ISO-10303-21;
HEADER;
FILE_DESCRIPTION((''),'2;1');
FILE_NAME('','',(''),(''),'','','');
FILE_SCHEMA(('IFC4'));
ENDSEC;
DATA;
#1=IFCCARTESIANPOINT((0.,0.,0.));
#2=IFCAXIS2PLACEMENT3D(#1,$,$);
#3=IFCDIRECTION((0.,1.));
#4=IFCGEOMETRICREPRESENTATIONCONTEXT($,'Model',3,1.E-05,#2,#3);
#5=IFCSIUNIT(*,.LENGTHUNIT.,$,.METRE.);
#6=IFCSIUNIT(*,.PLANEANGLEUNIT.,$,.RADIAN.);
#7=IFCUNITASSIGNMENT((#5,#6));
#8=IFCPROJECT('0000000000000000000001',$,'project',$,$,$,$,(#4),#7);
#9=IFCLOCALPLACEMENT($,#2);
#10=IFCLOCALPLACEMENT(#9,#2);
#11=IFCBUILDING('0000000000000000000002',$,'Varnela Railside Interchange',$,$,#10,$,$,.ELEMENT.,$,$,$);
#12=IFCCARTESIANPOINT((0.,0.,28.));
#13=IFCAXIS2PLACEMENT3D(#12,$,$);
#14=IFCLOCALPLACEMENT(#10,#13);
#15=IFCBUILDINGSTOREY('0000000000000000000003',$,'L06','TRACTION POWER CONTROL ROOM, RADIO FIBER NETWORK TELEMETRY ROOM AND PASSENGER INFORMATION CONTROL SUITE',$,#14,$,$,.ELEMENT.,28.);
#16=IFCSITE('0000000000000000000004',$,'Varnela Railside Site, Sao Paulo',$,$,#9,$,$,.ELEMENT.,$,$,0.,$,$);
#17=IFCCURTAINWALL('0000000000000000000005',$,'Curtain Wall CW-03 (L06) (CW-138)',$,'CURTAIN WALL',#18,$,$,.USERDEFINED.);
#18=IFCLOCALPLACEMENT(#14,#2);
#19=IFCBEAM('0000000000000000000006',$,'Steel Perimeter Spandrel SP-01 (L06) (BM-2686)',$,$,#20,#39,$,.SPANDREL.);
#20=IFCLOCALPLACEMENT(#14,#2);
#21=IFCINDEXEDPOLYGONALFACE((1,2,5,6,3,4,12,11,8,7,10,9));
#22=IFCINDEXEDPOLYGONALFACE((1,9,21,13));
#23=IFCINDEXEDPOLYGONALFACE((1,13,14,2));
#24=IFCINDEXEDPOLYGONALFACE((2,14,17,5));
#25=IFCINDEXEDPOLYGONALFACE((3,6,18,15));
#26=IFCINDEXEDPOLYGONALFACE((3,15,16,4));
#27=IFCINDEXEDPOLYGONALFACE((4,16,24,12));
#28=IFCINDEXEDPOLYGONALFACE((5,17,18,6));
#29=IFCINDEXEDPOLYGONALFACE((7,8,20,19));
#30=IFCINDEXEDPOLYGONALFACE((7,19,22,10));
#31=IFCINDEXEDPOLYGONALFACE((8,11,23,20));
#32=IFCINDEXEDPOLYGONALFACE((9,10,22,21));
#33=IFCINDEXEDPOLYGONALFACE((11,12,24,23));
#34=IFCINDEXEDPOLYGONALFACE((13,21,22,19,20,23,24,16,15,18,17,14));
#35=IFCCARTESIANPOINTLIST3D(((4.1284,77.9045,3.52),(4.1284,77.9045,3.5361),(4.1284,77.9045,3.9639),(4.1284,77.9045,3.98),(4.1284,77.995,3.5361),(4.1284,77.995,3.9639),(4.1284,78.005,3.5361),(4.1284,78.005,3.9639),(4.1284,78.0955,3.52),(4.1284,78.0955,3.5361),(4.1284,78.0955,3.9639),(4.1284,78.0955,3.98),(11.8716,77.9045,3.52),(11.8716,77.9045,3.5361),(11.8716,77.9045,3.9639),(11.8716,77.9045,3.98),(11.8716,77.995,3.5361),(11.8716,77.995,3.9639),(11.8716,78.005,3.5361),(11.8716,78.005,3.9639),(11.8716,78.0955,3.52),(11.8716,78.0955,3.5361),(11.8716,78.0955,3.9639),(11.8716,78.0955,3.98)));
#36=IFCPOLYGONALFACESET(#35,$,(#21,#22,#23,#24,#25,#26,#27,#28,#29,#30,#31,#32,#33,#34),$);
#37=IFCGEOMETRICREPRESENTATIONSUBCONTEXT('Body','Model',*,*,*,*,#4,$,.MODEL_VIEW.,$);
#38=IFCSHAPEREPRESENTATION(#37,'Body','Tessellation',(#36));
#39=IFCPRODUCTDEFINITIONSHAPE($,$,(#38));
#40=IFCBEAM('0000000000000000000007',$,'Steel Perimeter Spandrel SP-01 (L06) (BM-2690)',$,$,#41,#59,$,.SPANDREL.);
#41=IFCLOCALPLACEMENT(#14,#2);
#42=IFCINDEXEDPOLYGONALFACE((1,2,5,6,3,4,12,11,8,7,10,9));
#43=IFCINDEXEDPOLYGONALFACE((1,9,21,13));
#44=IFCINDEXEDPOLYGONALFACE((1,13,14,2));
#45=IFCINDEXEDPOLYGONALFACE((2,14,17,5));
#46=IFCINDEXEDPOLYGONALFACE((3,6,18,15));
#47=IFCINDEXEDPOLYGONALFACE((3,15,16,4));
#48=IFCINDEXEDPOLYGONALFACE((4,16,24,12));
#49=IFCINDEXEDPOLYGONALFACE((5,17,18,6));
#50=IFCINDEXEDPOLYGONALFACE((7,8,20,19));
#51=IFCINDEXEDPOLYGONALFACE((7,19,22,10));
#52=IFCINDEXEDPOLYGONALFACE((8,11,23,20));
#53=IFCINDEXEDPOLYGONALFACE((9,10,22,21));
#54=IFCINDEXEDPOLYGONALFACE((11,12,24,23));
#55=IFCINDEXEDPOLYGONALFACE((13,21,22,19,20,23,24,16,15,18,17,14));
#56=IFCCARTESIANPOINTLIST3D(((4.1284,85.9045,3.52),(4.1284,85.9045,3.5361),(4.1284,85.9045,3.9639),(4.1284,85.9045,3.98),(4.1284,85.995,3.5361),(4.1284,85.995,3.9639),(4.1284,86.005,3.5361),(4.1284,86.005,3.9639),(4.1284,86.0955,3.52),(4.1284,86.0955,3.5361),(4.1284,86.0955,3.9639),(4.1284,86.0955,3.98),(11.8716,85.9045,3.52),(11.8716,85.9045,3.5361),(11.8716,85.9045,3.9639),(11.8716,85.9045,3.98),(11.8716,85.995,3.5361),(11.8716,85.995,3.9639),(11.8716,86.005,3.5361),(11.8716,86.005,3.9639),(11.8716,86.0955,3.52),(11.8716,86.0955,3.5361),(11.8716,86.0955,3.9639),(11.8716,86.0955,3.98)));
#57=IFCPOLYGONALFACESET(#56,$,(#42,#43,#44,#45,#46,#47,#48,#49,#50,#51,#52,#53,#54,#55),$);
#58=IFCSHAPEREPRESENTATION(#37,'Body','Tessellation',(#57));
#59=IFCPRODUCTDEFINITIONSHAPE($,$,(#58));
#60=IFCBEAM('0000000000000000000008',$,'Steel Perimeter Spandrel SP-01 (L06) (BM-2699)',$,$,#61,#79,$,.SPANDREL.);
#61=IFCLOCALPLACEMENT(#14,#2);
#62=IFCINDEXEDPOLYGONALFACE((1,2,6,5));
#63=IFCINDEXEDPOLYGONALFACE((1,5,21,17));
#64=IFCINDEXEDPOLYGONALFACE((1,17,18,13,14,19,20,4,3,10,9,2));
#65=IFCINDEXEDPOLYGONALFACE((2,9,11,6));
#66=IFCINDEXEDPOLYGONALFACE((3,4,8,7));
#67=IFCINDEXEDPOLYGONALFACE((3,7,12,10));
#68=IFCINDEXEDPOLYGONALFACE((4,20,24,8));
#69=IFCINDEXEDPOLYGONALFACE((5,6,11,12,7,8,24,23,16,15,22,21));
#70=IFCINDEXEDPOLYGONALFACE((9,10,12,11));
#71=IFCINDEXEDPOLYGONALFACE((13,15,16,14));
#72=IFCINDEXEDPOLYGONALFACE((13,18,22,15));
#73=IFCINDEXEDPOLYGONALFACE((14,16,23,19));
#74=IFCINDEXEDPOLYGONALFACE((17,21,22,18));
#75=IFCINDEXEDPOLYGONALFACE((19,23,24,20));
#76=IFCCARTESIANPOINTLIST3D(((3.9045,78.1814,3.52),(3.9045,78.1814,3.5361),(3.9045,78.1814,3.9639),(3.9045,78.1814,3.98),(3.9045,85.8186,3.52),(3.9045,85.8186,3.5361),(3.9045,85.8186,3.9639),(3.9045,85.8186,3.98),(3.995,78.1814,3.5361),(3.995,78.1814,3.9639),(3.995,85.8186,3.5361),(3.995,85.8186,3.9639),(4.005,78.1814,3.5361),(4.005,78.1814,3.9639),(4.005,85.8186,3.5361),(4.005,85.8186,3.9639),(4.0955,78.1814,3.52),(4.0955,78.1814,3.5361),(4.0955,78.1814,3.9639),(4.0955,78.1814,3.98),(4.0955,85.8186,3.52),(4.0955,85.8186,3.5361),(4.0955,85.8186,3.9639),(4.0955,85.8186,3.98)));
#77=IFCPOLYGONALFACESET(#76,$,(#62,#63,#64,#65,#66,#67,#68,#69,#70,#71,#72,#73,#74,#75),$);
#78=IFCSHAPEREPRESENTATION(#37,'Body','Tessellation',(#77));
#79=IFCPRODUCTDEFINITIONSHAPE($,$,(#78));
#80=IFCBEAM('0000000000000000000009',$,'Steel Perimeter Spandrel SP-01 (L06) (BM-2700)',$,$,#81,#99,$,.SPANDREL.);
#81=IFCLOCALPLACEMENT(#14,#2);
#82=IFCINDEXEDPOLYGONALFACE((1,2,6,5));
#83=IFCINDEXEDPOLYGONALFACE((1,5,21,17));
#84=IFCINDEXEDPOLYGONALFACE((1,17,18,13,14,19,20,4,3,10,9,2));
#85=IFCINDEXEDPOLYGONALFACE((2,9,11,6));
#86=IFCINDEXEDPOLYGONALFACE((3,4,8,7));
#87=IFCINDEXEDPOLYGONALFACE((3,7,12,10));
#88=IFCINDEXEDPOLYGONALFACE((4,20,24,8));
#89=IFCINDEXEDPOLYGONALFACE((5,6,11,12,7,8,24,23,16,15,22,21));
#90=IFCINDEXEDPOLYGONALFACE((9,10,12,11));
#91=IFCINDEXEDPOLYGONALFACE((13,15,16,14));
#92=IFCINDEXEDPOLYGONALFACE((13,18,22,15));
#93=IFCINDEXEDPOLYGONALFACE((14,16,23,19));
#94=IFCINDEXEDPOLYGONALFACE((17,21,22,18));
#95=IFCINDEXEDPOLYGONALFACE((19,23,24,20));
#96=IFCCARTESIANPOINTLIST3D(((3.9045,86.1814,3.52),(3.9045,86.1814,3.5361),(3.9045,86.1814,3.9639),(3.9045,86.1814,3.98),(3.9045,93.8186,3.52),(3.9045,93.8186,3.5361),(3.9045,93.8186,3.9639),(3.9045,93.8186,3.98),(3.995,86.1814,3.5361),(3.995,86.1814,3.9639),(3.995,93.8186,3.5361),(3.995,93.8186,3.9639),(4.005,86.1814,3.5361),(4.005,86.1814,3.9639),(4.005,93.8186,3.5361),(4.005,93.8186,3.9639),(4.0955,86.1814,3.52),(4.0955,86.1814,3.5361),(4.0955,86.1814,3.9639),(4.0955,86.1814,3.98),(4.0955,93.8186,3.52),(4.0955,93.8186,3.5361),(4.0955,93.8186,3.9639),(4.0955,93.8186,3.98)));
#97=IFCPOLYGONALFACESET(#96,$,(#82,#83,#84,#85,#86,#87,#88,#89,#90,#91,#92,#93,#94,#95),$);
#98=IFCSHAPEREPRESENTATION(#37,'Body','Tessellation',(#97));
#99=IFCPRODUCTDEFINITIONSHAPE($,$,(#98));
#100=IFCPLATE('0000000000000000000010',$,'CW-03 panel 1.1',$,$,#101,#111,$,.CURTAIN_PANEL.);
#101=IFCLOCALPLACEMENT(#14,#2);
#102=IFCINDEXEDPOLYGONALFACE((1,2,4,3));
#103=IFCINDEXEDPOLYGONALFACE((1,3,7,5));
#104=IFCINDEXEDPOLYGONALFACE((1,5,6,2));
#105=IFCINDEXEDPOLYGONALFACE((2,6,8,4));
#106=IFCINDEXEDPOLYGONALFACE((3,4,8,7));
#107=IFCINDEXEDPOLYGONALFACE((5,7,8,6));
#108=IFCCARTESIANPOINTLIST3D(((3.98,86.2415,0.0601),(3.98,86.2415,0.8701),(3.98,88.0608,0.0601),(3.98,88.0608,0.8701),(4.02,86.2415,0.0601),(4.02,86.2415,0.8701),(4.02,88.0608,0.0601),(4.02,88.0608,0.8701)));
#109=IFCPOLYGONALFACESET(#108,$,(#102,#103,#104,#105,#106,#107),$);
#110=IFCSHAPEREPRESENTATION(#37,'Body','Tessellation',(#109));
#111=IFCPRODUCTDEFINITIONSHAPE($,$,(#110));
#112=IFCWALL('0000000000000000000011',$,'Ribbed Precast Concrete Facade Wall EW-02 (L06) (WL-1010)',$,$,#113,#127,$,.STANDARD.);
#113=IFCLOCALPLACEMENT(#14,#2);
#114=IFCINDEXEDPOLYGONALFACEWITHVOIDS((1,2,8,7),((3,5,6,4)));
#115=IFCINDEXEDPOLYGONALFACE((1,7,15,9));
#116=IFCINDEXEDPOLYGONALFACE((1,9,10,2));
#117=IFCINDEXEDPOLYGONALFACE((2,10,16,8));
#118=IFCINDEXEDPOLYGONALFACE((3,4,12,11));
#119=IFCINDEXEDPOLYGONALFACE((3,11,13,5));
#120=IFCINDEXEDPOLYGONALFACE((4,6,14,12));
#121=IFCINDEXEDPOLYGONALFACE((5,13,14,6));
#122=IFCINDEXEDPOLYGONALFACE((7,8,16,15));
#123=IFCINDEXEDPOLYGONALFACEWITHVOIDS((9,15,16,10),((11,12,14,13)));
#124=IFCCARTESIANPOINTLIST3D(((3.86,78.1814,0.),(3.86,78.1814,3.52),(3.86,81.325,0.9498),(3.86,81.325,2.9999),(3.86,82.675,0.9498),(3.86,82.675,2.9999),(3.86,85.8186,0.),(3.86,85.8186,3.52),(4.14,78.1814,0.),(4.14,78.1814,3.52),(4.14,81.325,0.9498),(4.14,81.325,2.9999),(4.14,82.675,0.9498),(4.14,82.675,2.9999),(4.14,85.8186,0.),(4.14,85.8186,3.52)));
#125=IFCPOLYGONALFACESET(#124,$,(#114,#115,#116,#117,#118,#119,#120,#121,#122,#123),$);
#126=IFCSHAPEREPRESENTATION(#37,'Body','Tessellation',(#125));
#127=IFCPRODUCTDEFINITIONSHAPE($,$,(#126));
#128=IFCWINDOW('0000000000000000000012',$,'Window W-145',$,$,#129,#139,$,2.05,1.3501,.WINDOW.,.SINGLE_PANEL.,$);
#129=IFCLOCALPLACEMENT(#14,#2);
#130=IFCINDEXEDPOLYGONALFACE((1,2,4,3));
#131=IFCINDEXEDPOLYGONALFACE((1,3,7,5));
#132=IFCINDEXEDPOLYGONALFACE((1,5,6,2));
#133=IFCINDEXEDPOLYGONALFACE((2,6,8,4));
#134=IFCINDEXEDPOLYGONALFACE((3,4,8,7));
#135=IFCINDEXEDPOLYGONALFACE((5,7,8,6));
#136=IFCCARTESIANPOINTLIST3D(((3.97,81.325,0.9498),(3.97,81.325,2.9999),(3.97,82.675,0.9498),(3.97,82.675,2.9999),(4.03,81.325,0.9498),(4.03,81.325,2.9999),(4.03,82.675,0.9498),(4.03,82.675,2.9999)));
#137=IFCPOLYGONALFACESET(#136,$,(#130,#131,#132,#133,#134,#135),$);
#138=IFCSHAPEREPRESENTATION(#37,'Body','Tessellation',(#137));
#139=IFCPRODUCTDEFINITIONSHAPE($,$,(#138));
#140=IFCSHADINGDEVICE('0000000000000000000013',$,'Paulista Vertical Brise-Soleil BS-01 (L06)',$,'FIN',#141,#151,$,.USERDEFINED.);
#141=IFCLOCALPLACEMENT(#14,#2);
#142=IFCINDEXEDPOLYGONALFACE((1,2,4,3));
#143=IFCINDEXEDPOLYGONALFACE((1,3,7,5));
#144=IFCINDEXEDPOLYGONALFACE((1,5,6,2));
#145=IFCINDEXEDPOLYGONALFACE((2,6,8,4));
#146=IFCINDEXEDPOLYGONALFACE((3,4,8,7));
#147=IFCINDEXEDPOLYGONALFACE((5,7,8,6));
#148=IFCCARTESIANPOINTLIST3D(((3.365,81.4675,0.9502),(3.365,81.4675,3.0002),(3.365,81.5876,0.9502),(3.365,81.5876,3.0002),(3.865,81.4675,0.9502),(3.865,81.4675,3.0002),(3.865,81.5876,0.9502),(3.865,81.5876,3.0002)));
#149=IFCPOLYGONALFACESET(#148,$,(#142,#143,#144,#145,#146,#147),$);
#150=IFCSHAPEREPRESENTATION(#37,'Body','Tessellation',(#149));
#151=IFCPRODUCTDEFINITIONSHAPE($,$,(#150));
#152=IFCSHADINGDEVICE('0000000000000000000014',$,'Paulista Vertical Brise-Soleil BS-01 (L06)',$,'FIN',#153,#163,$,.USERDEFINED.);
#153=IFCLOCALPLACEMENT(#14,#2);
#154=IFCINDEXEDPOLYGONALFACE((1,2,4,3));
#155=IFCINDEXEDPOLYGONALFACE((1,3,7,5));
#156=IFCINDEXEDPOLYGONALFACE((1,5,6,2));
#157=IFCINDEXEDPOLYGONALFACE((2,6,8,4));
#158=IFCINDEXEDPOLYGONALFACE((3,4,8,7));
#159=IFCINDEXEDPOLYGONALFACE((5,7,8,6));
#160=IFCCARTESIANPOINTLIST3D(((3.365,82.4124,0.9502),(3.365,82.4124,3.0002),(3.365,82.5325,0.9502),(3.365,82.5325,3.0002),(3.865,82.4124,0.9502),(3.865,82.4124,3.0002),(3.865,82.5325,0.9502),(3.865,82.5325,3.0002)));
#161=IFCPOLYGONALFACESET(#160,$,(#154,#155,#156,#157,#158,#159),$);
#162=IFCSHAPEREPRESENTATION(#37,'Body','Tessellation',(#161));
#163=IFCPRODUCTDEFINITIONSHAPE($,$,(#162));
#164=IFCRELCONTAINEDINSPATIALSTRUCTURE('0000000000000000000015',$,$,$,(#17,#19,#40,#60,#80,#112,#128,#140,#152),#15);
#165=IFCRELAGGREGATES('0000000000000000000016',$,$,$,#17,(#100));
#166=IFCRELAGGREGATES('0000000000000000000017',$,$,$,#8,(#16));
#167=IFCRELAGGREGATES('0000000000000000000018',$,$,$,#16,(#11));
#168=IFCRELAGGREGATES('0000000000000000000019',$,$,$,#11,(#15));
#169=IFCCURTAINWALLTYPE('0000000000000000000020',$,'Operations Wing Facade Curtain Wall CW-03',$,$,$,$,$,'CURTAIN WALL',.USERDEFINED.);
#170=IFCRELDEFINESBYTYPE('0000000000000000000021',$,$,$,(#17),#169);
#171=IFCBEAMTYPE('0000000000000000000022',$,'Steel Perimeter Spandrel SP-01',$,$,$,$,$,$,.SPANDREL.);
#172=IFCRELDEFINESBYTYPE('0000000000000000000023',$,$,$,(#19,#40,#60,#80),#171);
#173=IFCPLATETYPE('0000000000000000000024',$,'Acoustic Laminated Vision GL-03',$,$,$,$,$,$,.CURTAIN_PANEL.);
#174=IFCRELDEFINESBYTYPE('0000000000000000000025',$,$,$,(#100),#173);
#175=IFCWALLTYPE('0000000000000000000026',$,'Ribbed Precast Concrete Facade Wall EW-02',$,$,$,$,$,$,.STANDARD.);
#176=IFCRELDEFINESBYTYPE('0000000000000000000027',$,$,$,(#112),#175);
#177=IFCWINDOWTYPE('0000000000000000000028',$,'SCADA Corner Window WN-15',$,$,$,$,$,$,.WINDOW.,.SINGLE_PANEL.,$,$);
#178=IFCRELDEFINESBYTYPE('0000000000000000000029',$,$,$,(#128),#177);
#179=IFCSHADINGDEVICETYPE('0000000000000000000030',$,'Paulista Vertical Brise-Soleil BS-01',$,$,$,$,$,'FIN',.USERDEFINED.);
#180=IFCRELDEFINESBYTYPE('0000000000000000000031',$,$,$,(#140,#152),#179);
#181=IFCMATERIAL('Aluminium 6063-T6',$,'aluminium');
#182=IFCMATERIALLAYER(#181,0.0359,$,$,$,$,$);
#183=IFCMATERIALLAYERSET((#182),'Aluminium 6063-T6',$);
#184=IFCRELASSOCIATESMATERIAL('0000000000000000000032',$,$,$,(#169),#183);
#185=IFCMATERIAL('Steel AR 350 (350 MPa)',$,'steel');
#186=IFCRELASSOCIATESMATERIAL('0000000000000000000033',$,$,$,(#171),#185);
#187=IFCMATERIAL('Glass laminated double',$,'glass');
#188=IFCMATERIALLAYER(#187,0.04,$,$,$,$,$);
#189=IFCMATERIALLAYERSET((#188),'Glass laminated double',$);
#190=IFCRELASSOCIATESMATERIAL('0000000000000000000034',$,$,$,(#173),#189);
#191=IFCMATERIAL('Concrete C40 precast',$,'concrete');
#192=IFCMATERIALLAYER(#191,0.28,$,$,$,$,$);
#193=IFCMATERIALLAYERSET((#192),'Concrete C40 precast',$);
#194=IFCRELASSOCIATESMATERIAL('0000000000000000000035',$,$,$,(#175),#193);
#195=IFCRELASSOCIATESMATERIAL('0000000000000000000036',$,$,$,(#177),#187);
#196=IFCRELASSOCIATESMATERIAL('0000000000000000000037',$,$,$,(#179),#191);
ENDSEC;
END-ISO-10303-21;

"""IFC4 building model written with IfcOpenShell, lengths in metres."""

from ifc_helpers import new_model, si_unit, direction, frame, frame_2d, origin, origin_2d, place, context, subcontext, project, spatial, rectangle, i_section, extrude, material, layer, layer_set, material_profile, profile_set, type_object, element, fill, aggregate, save


model = new_model("IFC4")

# Units and contexts
model_context = context("Model", 3, precision=1e-05, world=origin(), true_north=direction((0.0, 1.0)))
body_context = subcontext(model_context, "Body", "Model", "MODEL_VIEW")
ifc_project = project(units=[si_unit("LENGTHUNIT", "METRE"), si_unit("PLANEANGLEUNIT", "RADIAN")], contexts=[model_context])

# Site, building, storey
site_placement = place(None, origin())
site = spatial("IfcSite", under=ifc_project, at=site_placement, Name="Varnela Railside Site, Sao Paulo", CompositionType="ELEMENT", RefElevation=0.0)
building_placement = place(site_placement, origin())
building = spatial("IfcBuilding", under=site, at=building_placement, Name="Varnela Railside Interchange", CompositionType="ELEMENT")
storey_placement = place(building_placement, frame((0.0, 0.0, 28.0)))
storey = spatial("IfcBuildingStorey", under=building, at=storey_placement, Name="L06", Description="TRACTION POWER CONTROL ROOM, RADIO FIBER NETWORK TELEMETRY ROOM AND PASSENGER INFORMATION CONTROL SUITE", CompositionType="ELEMENT", Elevation=28.0)

# Shared definitions
ifc_material_1 = material(Name="Steel AR 350 (350 MPa)", Category="steel")

# Curtain wall
ifc_material_2 = material(Name="Aluminium 6063-T6", Category="aluminium")
ifc_layer_1 = layer(ifc_material_2, 0.0359)
ifc_layer_set_1 = layer_set([ifc_layer_1], Name="Aluminium 6063-T6")
curtain_wall_type = type_object("IfcCurtainWallType", Name="Operations Wing Facade Curtain Wall CW-03", ElementType="CURTAIN WALL", PredefinedType="USERDEFINED", material=ifc_layer_set_1)
curtain_wall_placement = place(storey_placement, origin())
curtain_wall = element("IfcCurtainWall", 1, at=curtain_wall_placement, inside=storey, type_object=curtain_wall_type, Name="Curtain Wall CW-03 (L06) (CW-138)", ObjectType="CURTAIN WALL", PredefinedType="USERDEFINED")

# Beams
ifc_material_profile_1 = material_profile(ifc_material_1, i_section(OverallWidth=0.1909, OverallDepth=0.46, WebThickness=0.01, FlangeThickness=0.0161, at=origin_2d()), Name="W460x82")
ifc_profile_set_1 = profile_set([ifc_material_profile_1], Name="Steel AR 350 (350 MPa)")
beam_type_1 = type_object("IfcBeamType", Name="Steel Perimeter Spandrel SP-01", PredefinedType="SPANDREL", material=ifc_profile_set_1)
for number, where, z_axis, x_axis, name in (
    (2, (4.1284, 78.0, 3.75), (1.0, 0.0, 0.0), (0.0, 1.0, 0.0), "Steel Perimeter Spandrel SP-01 (L06) (BM-2686)"),
    (3, (4.1284, 86.0, 3.75), (1.0, 0.0, 0.0), (0.0, 1.0, 0.0), "Steel Perimeter Spandrel SP-01 (L06) (BM-2690)"),
):
    element("IfcBeam", number, at=place(storey_placement, frame(where, z_axis=z_axis, x_axis=x_axis)), inside=storey, type_object=beam_type_1, Name=name, PredefinedType="SPANDREL", context=body_context, shape_type="SweptSolid", body=[
        extrude(i_section(OverallWidth=0.1909, OverallDepth=0.46, WebThickness=0.01, FlangeThickness=0.0161, at=origin_2d()), origin(), (0.0, 0.0, 1.0), 7.7432),
    ])
for number, where, z_axis, x_axis, name in (
    (4, (4.0, 78.1814, 3.75), (0.0, 1.0, 0.0), (-1.0, 0.0, 0.0), "Steel Perimeter Spandrel SP-01 (L06) (BM-2699)"),
    (5, (4.0, 86.1814, 3.75), (0.0, 1.0, 0.0), (-1.0, 0.0, 0.0), "Steel Perimeter Spandrel SP-01 (L06) (BM-2700)"),
):
    element("IfcBeam", number, at=place(storey_placement, frame(where, z_axis=z_axis, x_axis=x_axis)), inside=storey, type_object=beam_type_1, Name=name, PredefinedType="SPANDREL", context=body_context, shape_type="SweptSolid", body=[
        extrude(i_section(OverallWidth=0.1909, OverallDepth=0.46, WebThickness=0.01, FlangeThickness=0.0161, at=origin_2d()), origin(), (0.0, 0.0, 1.0), 7.6372),
    ])

# Plate
ifc_material_3 = material(Name="Glass laminated double", Category="glass")
ifc_layer_2 = layer(ifc_material_3, 0.04)
ifc_layer_set_2 = layer_set([ifc_layer_2], Name="Glass laminated double")
plate_type = type_object("IfcPlateType", Name="Acoustic Laminated Vision GL-03", PredefinedType="CURTAIN_PANEL", material=ifc_layer_set_2)
plate_placement = place(storey_placement, frame((4.0, 87.1511, 0.0601), z_axis=(0.0, 0.0, 1.0), x_axis=(0.0, 1.0, 0.0)))
plate = element("IfcPlate", 6, at=plate_placement, type_object=plate_type, Name="CW-03 panel 1.1", PredefinedType="CURTAIN_PANEL", context=body_context, shape_type="SweptSolid", body=[
    extrude(rectangle(XDim=1.8193, YDim=0.04, at=origin_2d()), origin(), (0.0, 0.0, 1.0), 0.8101),
])
aggregate(curtain_wall, [plate])

# Wall, opening, window
ifc_material_4 = material(Name="Concrete C40 precast", Category="concrete")
ifc_layer_3 = layer(ifc_material_4, 0.28)
ifc_layer_set_3 = layer_set([ifc_layer_3], Name="Concrete C40 precast")
wall_type = type_object("IfcWallType", Name="Ribbed Precast Concrete Facade Wall EW-02", PredefinedType="STANDARD", material=ifc_layer_set_3)
wall_placement = place(storey_placement, frame((4.0, 78.1814, 0.0), z_axis=(0.0, 0.0, 1.0), x_axis=(0.0, 1.0, 0.0)))
wall = element("IfcWall", 7, at=wall_placement, inside=storey, type_object=wall_type, Name="Ribbed Precast Concrete Facade Wall EW-02 (L06) (WL-1010)", PredefinedType="STANDARD", context=body_context, shape_type="SweptSolid", body=[
    extrude(rectangle(XDim=7.6372, YDim=0.28, at=frame_2d((3.8186, 0.0))), origin(), (0.0, 0.0, 1.0), 3.52),
])
opening_placement = place(wall_placement, frame((3.1436, 0.0, 0.95)))
opening = element("IfcOpeningElement", 8, at=opening_placement, cuts=wall, PredefinedType="OPENING", context=body_context, shape_type="SweptSolid", body=[
    extrude(rectangle(XDim=1.3501, YDim=2.05, at=frame_2d((0.675, 1.0249))), frame((0.0, 0.1499, 0.0), z_axis=(0.0, -1.0, 0.0), x_axis=(1.0, 0.0, 0.0)), (0.0, 0.0, 1.0), 0.3),
])
window_type = type_object("IfcWindowType", Name="SCADA Corner Window WN-15", PartitioningType="SINGLE_PANEL", PredefinedType="WINDOW", material=ifc_material_3)
window_placement = place(opening_placement, origin())
window = element("IfcWindow", 9, at=window_placement, inside=storey, type_object=window_type, Name="Window W-145", OverallHeight=2.05, OverallWidth=1.3501, PartitioningType="SINGLE_PANEL", PredefinedType="WINDOW", context=body_context, shape_type="SweptSolid", body=[
    extrude(rectangle(XDim=1.3501, YDim=2.05, at=frame_2d((0.675, 1.0249))), frame((0.0, 0.03, 0.0), z_axis=(0.0, -1.0, 0.0), x_axis=(1.0, 0.0, 0.0)), (0.0, 0.0, 1.0), 0.0601),
])
fill(opening, window)

# Shading devices
shading_device_type = type_object("IfcShadingDeviceType", Name="Paulista Vertical Brise-Soleil BS-01", ElementType="FIN", PredefinedType="USERDEFINED", material=ifc_material_4)
for number, where, z_axis, x_axis, name in (
    (10, (3.615, 81.5276, 0.9502), (0.0, 0.0, 1.0), (-1.0, 0.0, 0.0), "Paulista Vertical Brise-Soleil BS-01 (L06)"),
    (11, (3.615, 82.4724, 0.9502), (0.0, 0.0, 1.0), (-1.0, 0.0, 0.0), "Paulista Vertical Brise-Soleil BS-01 (L06)"),
):
    element("IfcShadingDevice", number, at=place(storey_placement, frame(where, z_axis=z_axis, x_axis=x_axis)), inside=storey, type_object=shading_device_type, Name=name, ObjectType="FIN", PredefinedType="USERDEFINED", context=body_context, shape_type="SweptSolid", body=[
        extrude(rectangle(XDim=0.5, YDim=0.1201, at=origin_2d()), origin(), (0.0, 0.0, 1.0), 2.05),
    ])

save(model, "model.ifc")
